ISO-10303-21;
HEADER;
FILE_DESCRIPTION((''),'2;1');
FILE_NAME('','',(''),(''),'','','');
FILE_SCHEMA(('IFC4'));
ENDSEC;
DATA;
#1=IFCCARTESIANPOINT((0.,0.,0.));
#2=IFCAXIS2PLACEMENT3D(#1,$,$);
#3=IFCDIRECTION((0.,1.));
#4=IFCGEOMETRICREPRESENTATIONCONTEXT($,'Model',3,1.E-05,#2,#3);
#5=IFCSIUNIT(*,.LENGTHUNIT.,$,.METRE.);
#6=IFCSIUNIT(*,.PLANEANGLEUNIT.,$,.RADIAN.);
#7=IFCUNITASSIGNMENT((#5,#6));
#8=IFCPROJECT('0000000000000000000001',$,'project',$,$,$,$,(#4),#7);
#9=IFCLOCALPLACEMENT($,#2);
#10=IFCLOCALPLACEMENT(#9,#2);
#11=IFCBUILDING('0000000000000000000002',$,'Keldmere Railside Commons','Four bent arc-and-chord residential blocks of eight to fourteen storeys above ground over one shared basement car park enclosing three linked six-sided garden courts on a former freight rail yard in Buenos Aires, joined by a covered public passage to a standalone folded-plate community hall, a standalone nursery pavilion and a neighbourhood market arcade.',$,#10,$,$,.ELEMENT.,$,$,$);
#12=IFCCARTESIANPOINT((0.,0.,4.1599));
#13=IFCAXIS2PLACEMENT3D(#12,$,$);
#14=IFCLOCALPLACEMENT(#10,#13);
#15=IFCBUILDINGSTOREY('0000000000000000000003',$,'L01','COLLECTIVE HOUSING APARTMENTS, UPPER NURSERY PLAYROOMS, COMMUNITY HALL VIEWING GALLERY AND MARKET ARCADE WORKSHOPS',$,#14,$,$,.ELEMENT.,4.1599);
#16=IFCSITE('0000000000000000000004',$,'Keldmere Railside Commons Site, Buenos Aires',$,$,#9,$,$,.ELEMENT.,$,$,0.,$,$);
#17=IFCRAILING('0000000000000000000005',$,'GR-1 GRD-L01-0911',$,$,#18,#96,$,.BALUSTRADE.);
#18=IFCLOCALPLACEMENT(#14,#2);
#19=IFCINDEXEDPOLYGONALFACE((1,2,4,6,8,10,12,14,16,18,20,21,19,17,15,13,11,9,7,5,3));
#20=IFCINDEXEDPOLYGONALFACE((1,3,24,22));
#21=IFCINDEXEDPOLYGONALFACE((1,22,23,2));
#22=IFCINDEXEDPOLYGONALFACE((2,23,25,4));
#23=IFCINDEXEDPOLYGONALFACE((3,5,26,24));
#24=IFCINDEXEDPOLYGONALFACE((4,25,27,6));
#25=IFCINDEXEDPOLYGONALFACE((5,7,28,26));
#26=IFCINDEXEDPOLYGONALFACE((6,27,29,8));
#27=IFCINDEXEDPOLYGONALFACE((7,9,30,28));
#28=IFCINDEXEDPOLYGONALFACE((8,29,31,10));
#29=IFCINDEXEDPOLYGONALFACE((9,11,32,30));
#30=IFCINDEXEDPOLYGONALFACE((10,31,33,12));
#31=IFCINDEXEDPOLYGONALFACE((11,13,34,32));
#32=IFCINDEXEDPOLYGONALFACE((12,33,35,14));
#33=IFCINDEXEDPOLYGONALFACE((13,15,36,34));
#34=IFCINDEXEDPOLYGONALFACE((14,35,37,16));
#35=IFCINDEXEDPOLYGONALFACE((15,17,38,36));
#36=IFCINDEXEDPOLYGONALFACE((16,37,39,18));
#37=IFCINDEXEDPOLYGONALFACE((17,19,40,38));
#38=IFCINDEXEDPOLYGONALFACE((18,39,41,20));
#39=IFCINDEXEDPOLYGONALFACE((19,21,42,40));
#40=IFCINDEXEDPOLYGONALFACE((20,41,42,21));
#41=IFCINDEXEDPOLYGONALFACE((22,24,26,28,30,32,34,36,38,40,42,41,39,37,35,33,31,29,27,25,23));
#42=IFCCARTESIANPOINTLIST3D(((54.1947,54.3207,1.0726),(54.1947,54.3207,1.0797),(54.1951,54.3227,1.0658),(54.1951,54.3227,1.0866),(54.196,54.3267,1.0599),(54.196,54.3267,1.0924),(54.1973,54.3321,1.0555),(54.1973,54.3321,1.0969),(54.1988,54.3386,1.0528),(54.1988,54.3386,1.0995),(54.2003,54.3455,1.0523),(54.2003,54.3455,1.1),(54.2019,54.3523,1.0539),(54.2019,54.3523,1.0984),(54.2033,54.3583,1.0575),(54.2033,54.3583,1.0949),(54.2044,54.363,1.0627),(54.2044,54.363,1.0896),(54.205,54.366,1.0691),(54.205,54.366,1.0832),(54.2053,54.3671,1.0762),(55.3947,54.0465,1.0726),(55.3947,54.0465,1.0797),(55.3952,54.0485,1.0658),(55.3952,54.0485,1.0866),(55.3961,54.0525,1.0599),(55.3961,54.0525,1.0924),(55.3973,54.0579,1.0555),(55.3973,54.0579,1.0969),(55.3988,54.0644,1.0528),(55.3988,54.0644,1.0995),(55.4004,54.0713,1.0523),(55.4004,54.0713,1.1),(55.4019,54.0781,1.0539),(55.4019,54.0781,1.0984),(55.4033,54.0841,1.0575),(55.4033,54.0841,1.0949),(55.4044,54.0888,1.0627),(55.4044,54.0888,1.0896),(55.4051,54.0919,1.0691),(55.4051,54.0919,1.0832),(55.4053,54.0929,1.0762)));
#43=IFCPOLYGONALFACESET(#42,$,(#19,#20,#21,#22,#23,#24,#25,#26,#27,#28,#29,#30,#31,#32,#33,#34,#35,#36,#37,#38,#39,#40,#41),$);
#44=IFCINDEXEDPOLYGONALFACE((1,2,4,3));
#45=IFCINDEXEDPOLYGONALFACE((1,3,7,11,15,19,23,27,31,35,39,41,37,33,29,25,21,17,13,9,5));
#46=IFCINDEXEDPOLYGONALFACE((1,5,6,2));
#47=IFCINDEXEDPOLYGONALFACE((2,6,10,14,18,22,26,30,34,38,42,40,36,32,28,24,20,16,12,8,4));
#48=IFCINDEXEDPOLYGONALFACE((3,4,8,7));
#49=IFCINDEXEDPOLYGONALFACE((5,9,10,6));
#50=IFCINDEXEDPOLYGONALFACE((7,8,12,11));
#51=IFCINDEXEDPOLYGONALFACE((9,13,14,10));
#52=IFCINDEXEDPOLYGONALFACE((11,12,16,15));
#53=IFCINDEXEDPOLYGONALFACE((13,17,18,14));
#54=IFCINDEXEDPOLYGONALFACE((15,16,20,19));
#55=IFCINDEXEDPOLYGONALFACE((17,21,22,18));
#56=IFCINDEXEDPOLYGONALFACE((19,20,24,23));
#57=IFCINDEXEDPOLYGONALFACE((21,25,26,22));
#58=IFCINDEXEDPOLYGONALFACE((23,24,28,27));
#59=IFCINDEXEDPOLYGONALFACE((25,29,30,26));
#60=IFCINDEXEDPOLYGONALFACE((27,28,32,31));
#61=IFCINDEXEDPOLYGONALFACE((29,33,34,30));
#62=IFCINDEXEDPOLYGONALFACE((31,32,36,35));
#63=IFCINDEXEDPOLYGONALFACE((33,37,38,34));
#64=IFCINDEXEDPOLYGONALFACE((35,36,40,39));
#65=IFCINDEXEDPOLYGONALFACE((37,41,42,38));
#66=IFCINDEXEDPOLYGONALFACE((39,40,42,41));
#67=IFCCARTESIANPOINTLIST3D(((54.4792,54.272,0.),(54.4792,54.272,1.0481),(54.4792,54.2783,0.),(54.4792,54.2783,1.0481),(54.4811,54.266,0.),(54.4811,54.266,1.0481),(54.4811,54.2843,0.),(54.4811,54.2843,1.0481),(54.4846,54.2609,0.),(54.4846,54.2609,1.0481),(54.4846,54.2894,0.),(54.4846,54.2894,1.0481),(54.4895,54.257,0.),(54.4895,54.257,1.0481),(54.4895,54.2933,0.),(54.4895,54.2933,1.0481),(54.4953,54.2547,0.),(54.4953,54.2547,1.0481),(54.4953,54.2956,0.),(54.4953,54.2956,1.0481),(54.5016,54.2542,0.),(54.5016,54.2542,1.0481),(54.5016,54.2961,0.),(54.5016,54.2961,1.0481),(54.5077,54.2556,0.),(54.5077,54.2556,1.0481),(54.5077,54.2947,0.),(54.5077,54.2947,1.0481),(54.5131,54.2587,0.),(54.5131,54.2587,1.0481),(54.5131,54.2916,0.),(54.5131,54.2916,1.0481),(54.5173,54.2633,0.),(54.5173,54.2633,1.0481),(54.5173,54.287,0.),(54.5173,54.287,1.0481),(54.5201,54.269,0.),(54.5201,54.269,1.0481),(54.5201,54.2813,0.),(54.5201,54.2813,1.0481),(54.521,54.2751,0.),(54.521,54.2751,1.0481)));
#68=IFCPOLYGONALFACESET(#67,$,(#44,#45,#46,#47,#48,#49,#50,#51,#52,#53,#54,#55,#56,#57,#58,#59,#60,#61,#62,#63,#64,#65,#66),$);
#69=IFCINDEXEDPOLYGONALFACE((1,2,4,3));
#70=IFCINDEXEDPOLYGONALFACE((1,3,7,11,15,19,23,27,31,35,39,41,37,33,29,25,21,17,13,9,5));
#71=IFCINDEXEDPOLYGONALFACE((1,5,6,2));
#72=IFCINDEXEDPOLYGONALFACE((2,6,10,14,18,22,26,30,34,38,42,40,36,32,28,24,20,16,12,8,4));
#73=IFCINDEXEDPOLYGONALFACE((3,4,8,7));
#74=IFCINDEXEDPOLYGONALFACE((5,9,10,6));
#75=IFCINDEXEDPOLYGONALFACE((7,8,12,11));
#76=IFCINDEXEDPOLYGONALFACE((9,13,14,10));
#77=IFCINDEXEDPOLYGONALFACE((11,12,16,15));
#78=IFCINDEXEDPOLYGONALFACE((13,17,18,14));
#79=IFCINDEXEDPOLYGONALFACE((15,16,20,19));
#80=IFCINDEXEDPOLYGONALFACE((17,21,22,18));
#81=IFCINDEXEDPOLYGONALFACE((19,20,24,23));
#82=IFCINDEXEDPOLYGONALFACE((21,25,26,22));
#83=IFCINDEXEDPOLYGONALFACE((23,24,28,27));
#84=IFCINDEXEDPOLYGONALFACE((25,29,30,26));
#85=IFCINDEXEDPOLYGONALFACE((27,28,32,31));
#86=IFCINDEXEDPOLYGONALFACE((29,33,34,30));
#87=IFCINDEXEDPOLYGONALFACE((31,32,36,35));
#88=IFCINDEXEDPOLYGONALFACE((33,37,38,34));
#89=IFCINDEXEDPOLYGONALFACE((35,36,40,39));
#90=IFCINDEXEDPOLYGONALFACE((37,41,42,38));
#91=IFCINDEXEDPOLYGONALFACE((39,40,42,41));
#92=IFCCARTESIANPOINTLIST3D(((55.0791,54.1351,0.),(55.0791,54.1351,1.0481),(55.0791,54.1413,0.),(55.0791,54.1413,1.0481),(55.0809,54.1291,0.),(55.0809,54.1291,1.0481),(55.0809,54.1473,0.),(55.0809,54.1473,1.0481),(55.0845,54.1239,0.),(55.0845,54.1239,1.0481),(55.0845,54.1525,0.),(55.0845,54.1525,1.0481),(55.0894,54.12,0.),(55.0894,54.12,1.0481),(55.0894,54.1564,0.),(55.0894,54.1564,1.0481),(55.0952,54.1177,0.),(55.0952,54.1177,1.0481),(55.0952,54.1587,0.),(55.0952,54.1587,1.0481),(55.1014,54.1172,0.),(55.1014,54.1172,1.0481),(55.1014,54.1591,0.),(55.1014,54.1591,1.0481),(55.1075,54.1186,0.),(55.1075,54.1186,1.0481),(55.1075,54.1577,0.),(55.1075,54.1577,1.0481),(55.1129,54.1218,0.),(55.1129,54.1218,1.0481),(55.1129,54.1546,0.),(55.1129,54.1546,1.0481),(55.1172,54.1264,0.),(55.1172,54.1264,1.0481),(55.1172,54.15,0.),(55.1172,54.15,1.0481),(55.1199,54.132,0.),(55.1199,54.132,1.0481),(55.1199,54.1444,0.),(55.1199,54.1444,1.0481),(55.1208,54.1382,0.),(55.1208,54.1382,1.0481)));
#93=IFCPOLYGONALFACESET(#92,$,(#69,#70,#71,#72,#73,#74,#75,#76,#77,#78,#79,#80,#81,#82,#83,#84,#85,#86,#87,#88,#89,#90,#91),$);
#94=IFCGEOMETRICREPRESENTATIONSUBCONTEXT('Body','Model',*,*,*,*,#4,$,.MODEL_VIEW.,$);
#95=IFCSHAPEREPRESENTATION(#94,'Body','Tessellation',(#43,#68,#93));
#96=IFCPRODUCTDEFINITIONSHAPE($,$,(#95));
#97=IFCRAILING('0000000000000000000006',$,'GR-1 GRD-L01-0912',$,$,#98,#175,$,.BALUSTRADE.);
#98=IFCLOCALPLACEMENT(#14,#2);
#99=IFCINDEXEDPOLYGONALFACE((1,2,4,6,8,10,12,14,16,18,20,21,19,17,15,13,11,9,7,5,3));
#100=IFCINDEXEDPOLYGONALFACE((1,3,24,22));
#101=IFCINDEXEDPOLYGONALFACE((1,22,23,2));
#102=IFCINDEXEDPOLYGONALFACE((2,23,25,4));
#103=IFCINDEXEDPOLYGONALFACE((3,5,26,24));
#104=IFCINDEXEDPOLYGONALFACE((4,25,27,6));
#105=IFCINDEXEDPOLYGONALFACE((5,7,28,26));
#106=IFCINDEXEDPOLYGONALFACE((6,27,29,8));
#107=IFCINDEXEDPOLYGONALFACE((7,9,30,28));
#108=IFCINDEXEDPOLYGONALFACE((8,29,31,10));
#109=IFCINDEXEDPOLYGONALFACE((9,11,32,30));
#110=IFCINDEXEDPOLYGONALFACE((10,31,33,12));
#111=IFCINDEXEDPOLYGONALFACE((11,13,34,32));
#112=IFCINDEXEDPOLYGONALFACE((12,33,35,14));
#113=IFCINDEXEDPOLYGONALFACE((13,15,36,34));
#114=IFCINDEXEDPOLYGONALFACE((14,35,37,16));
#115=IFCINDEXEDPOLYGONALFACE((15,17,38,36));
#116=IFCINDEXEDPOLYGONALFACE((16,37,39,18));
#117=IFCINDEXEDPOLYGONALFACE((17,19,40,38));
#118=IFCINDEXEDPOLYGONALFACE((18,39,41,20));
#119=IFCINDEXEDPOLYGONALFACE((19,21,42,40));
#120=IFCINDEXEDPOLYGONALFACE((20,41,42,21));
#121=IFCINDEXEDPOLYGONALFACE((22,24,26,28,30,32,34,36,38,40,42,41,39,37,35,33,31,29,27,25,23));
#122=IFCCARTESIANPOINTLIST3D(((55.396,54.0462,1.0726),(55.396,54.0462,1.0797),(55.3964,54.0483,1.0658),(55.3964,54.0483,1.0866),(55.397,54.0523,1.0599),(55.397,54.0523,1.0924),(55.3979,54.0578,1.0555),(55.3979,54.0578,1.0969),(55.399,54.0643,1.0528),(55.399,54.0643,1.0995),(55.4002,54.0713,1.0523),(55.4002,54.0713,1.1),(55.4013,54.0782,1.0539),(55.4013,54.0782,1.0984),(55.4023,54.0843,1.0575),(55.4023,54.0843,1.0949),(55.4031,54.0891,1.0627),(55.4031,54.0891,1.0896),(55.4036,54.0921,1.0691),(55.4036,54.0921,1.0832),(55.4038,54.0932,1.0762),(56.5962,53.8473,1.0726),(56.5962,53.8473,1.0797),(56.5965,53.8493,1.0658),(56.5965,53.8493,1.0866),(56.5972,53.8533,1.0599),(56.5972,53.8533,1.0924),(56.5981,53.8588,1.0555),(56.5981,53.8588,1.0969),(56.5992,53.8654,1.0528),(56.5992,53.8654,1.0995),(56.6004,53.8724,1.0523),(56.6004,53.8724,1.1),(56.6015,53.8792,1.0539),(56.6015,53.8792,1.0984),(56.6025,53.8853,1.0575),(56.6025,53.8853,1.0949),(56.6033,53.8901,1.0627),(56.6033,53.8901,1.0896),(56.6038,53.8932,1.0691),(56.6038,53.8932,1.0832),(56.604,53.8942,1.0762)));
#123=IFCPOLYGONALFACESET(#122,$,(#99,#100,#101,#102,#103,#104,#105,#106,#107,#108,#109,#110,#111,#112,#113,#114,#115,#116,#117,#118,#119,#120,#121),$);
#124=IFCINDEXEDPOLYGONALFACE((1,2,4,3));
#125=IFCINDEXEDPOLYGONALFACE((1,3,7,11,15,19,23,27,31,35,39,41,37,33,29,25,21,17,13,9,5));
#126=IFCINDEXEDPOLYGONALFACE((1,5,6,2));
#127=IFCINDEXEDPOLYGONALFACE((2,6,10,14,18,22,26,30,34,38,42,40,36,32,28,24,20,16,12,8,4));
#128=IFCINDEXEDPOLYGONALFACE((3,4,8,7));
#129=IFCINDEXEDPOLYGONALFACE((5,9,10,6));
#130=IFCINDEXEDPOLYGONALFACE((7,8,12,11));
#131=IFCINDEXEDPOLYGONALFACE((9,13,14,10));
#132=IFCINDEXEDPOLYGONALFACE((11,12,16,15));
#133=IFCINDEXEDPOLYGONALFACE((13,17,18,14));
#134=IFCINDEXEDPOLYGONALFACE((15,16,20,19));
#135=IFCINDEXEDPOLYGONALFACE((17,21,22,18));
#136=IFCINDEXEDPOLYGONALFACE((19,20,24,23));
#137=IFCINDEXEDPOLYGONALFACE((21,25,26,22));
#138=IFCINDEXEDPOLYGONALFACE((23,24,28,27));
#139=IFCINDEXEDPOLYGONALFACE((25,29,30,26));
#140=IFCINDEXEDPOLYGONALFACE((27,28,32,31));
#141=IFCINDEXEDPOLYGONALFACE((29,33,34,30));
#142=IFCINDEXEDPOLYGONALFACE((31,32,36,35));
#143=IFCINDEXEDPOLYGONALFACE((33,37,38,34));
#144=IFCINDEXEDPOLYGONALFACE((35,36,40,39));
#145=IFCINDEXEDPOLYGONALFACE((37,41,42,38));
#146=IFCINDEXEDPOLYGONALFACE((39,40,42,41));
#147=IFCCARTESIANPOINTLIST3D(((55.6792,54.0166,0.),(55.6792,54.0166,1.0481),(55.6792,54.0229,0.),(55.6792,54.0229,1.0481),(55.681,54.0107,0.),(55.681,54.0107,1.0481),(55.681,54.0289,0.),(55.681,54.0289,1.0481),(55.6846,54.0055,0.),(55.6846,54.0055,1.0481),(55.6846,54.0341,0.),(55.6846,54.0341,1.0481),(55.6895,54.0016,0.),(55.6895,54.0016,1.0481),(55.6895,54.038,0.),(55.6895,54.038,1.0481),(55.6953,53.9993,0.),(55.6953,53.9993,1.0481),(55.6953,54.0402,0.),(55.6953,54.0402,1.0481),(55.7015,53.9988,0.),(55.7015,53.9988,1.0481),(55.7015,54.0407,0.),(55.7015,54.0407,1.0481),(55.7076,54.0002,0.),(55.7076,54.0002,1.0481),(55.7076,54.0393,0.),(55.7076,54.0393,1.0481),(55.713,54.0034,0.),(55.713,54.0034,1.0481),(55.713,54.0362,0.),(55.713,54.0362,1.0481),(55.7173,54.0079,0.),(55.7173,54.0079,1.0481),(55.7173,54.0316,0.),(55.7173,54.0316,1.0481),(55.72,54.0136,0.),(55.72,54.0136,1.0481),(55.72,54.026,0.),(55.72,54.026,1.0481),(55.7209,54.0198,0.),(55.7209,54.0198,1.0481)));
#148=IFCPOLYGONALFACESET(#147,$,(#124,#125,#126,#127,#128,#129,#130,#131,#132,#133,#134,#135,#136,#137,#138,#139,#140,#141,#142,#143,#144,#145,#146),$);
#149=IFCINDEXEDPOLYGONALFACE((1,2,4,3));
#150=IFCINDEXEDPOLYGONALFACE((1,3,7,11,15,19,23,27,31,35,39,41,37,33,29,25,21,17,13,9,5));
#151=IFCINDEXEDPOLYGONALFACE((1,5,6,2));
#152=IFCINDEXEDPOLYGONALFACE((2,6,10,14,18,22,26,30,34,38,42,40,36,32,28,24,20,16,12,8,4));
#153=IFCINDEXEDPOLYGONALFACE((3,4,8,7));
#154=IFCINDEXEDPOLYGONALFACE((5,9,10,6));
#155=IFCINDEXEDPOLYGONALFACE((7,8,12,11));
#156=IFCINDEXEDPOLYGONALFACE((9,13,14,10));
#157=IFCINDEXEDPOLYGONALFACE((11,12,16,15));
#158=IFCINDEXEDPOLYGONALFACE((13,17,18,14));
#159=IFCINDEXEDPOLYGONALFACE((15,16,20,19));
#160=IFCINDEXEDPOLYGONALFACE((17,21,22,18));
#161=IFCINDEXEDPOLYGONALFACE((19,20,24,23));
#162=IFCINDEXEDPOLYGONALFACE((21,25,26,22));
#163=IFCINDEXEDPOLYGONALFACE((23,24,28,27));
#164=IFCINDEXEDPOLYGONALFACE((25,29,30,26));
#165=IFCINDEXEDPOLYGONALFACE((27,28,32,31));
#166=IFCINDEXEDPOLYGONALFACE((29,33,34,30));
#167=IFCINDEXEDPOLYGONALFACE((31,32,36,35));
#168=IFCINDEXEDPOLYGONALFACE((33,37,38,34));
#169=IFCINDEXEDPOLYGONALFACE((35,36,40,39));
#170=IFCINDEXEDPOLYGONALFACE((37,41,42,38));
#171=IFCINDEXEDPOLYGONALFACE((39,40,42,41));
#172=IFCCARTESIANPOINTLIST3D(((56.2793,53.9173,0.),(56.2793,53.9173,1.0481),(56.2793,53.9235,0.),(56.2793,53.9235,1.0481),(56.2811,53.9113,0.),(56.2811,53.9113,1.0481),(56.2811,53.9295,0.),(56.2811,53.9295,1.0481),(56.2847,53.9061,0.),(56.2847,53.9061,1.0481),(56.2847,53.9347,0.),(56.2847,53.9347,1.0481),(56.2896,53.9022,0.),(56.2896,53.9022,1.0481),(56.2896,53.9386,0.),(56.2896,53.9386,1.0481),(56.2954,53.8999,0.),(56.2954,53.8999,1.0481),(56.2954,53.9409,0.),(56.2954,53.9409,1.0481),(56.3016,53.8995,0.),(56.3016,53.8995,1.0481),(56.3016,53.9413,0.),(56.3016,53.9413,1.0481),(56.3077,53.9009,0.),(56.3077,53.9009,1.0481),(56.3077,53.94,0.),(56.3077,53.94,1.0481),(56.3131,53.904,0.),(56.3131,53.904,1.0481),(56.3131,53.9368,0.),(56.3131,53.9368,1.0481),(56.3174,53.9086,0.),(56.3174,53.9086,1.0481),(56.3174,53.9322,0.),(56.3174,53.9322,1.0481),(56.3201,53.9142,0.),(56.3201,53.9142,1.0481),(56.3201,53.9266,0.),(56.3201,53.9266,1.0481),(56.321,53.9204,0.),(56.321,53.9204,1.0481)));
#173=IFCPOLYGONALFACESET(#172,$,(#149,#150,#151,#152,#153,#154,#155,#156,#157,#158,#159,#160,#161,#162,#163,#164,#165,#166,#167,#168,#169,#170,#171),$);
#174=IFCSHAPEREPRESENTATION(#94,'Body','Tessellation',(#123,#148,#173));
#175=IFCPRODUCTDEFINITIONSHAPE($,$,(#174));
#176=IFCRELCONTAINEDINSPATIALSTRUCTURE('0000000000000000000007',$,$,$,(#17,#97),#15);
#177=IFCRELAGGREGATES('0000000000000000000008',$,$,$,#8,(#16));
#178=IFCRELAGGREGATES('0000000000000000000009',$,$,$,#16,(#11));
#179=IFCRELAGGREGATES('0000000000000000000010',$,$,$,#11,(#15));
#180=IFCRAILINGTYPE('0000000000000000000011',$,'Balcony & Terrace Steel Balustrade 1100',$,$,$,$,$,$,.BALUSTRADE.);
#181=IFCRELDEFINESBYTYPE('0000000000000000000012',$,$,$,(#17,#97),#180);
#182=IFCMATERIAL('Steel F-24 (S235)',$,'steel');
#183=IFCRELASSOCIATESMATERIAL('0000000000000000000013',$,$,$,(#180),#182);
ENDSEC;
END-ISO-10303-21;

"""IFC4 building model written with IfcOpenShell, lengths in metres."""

from ifc_helpers import new_model, si_unit, direction, frame, origin, origin_2d, place, context, subcontext, project, spatial, circle, extrude, material, type_object, element, save


model = new_model("IFC4")

# Units and contexts
model_context = context("Model", 3, precision=1e-05, world=origin(), true_north=direction((0.0, 1.0)))
body_context = subcontext(model_context, "Body", "Model", "MODEL_VIEW")
ifc_project = project(units=[si_unit("LENGTHUNIT", "METRE"), si_unit("PLANEANGLEUNIT", "RADIAN")], contexts=[model_context])

# Site, building, storey
site_placement = place(None, origin())
site = spatial("IfcSite", under=ifc_project, at=site_placement, Name="Keldmere Railside Commons Site, Buenos Aires", CompositionType="ELEMENT", RefElevation=0.0)
building_placement = place(site_placement, origin())
building = spatial("IfcBuilding", under=site, at=building_placement, Name="Keldmere Railside Commons", Description="Four bent arc-and-chord residential blocks of eight to fourteen storeys above ground over one shared basement car park enclosing three linked six-sided garden courts on a former freight rail yard in Buenos Aires, joined by a covered public passage to a standalone folded-plate community hall, a standalone nursery pavilion and a neighbourhood market arcade.", CompositionType="ELEMENT")
storey_placement = place(building_placement, frame((0.0, 0.0, 4.1599)))
storey = spatial("IfcBuildingStorey", under=building, at=storey_placement, Name="L01", Description="COLLECTIVE HOUSING APARTMENTS, UPPER NURSERY PLAYROOMS, COMMUNITY HALL VIEWING GALLERY AND MARKET ARCADE WORKSHOPS", CompositionType="ELEMENT", Elevation=4.1599)

# Shared definitions
ifc_material_1 = material(Name="Steel F-24 (S235)", Category="steel")

# Railings
railing_type = type_object("IfcRailingType", Name="Balcony & Terrace Steel Balustrade 1100", PredefinedType="BALUSTRADE", material=ifc_material_1)
railing_1_placement = place(storey_placement, frame((54.2, 54.3438, 0.0)))
element("IfcRailing", 1, at=railing_1_placement, inside=storey, type_object=railing_type, Name="GR-1 GRD-L01-0911", PredefinedType="BALUSTRADE", context=body_context, shape_type="SweptSolid", body=[
    extrude(circle(Radius=0.0239, at=origin_2d()), frame((0.0, 0.0, 1.0762), z_axis=(0.974877, -0.222744, 0.0), x_axis=(0.222744, 0.974877, 0.0)), (0.0, 0.0, 1.0), 1.231),
    extrude(circle(Radius=0.021, at=origin_2d()), frame((0.3, -0.0686, 0.0)), (0.0, 0.0, 1.0), 1.0481),
    extrude(circle(Radius=0.021, at=origin_2d()), frame((0.8999, -0.2056, 0.0)), (0.0, 0.0, 1.0), 1.0481),
])
railing_2_placement = place(storey_placement, frame((55.3999, 54.0696, 0.0)))
element("IfcRailing", 2, at=railing_2_placement, inside=storey, type_object=railing_type, Name="GR-1 GRD-L01-0912", PredefinedType="BALUSTRADE", context=body_context, shape_type="SweptSolid", body=[
    extrude(circle(Radius=0.0239, at=origin_2d()), frame((0.0, 0.0, 1.0762), z_axis=(0.986535, -0.163553, 0.0), x_axis=(0.163553, 0.986535, 0.0)), (0.0, 0.0, 1.0), 1.2166),
    extrude(circle(Radius=0.021, at=origin_2d()), frame((0.3, -0.0498, 0.0)), (0.0, 0.0, 1.0), 1.0481),
    extrude(circle(Radius=0.021, at=origin_2d()), frame((0.9001, -0.1492, 0.0)), (0.0, 0.0, 1.0), 1.0481),
])

save(model, "model.ifc")
